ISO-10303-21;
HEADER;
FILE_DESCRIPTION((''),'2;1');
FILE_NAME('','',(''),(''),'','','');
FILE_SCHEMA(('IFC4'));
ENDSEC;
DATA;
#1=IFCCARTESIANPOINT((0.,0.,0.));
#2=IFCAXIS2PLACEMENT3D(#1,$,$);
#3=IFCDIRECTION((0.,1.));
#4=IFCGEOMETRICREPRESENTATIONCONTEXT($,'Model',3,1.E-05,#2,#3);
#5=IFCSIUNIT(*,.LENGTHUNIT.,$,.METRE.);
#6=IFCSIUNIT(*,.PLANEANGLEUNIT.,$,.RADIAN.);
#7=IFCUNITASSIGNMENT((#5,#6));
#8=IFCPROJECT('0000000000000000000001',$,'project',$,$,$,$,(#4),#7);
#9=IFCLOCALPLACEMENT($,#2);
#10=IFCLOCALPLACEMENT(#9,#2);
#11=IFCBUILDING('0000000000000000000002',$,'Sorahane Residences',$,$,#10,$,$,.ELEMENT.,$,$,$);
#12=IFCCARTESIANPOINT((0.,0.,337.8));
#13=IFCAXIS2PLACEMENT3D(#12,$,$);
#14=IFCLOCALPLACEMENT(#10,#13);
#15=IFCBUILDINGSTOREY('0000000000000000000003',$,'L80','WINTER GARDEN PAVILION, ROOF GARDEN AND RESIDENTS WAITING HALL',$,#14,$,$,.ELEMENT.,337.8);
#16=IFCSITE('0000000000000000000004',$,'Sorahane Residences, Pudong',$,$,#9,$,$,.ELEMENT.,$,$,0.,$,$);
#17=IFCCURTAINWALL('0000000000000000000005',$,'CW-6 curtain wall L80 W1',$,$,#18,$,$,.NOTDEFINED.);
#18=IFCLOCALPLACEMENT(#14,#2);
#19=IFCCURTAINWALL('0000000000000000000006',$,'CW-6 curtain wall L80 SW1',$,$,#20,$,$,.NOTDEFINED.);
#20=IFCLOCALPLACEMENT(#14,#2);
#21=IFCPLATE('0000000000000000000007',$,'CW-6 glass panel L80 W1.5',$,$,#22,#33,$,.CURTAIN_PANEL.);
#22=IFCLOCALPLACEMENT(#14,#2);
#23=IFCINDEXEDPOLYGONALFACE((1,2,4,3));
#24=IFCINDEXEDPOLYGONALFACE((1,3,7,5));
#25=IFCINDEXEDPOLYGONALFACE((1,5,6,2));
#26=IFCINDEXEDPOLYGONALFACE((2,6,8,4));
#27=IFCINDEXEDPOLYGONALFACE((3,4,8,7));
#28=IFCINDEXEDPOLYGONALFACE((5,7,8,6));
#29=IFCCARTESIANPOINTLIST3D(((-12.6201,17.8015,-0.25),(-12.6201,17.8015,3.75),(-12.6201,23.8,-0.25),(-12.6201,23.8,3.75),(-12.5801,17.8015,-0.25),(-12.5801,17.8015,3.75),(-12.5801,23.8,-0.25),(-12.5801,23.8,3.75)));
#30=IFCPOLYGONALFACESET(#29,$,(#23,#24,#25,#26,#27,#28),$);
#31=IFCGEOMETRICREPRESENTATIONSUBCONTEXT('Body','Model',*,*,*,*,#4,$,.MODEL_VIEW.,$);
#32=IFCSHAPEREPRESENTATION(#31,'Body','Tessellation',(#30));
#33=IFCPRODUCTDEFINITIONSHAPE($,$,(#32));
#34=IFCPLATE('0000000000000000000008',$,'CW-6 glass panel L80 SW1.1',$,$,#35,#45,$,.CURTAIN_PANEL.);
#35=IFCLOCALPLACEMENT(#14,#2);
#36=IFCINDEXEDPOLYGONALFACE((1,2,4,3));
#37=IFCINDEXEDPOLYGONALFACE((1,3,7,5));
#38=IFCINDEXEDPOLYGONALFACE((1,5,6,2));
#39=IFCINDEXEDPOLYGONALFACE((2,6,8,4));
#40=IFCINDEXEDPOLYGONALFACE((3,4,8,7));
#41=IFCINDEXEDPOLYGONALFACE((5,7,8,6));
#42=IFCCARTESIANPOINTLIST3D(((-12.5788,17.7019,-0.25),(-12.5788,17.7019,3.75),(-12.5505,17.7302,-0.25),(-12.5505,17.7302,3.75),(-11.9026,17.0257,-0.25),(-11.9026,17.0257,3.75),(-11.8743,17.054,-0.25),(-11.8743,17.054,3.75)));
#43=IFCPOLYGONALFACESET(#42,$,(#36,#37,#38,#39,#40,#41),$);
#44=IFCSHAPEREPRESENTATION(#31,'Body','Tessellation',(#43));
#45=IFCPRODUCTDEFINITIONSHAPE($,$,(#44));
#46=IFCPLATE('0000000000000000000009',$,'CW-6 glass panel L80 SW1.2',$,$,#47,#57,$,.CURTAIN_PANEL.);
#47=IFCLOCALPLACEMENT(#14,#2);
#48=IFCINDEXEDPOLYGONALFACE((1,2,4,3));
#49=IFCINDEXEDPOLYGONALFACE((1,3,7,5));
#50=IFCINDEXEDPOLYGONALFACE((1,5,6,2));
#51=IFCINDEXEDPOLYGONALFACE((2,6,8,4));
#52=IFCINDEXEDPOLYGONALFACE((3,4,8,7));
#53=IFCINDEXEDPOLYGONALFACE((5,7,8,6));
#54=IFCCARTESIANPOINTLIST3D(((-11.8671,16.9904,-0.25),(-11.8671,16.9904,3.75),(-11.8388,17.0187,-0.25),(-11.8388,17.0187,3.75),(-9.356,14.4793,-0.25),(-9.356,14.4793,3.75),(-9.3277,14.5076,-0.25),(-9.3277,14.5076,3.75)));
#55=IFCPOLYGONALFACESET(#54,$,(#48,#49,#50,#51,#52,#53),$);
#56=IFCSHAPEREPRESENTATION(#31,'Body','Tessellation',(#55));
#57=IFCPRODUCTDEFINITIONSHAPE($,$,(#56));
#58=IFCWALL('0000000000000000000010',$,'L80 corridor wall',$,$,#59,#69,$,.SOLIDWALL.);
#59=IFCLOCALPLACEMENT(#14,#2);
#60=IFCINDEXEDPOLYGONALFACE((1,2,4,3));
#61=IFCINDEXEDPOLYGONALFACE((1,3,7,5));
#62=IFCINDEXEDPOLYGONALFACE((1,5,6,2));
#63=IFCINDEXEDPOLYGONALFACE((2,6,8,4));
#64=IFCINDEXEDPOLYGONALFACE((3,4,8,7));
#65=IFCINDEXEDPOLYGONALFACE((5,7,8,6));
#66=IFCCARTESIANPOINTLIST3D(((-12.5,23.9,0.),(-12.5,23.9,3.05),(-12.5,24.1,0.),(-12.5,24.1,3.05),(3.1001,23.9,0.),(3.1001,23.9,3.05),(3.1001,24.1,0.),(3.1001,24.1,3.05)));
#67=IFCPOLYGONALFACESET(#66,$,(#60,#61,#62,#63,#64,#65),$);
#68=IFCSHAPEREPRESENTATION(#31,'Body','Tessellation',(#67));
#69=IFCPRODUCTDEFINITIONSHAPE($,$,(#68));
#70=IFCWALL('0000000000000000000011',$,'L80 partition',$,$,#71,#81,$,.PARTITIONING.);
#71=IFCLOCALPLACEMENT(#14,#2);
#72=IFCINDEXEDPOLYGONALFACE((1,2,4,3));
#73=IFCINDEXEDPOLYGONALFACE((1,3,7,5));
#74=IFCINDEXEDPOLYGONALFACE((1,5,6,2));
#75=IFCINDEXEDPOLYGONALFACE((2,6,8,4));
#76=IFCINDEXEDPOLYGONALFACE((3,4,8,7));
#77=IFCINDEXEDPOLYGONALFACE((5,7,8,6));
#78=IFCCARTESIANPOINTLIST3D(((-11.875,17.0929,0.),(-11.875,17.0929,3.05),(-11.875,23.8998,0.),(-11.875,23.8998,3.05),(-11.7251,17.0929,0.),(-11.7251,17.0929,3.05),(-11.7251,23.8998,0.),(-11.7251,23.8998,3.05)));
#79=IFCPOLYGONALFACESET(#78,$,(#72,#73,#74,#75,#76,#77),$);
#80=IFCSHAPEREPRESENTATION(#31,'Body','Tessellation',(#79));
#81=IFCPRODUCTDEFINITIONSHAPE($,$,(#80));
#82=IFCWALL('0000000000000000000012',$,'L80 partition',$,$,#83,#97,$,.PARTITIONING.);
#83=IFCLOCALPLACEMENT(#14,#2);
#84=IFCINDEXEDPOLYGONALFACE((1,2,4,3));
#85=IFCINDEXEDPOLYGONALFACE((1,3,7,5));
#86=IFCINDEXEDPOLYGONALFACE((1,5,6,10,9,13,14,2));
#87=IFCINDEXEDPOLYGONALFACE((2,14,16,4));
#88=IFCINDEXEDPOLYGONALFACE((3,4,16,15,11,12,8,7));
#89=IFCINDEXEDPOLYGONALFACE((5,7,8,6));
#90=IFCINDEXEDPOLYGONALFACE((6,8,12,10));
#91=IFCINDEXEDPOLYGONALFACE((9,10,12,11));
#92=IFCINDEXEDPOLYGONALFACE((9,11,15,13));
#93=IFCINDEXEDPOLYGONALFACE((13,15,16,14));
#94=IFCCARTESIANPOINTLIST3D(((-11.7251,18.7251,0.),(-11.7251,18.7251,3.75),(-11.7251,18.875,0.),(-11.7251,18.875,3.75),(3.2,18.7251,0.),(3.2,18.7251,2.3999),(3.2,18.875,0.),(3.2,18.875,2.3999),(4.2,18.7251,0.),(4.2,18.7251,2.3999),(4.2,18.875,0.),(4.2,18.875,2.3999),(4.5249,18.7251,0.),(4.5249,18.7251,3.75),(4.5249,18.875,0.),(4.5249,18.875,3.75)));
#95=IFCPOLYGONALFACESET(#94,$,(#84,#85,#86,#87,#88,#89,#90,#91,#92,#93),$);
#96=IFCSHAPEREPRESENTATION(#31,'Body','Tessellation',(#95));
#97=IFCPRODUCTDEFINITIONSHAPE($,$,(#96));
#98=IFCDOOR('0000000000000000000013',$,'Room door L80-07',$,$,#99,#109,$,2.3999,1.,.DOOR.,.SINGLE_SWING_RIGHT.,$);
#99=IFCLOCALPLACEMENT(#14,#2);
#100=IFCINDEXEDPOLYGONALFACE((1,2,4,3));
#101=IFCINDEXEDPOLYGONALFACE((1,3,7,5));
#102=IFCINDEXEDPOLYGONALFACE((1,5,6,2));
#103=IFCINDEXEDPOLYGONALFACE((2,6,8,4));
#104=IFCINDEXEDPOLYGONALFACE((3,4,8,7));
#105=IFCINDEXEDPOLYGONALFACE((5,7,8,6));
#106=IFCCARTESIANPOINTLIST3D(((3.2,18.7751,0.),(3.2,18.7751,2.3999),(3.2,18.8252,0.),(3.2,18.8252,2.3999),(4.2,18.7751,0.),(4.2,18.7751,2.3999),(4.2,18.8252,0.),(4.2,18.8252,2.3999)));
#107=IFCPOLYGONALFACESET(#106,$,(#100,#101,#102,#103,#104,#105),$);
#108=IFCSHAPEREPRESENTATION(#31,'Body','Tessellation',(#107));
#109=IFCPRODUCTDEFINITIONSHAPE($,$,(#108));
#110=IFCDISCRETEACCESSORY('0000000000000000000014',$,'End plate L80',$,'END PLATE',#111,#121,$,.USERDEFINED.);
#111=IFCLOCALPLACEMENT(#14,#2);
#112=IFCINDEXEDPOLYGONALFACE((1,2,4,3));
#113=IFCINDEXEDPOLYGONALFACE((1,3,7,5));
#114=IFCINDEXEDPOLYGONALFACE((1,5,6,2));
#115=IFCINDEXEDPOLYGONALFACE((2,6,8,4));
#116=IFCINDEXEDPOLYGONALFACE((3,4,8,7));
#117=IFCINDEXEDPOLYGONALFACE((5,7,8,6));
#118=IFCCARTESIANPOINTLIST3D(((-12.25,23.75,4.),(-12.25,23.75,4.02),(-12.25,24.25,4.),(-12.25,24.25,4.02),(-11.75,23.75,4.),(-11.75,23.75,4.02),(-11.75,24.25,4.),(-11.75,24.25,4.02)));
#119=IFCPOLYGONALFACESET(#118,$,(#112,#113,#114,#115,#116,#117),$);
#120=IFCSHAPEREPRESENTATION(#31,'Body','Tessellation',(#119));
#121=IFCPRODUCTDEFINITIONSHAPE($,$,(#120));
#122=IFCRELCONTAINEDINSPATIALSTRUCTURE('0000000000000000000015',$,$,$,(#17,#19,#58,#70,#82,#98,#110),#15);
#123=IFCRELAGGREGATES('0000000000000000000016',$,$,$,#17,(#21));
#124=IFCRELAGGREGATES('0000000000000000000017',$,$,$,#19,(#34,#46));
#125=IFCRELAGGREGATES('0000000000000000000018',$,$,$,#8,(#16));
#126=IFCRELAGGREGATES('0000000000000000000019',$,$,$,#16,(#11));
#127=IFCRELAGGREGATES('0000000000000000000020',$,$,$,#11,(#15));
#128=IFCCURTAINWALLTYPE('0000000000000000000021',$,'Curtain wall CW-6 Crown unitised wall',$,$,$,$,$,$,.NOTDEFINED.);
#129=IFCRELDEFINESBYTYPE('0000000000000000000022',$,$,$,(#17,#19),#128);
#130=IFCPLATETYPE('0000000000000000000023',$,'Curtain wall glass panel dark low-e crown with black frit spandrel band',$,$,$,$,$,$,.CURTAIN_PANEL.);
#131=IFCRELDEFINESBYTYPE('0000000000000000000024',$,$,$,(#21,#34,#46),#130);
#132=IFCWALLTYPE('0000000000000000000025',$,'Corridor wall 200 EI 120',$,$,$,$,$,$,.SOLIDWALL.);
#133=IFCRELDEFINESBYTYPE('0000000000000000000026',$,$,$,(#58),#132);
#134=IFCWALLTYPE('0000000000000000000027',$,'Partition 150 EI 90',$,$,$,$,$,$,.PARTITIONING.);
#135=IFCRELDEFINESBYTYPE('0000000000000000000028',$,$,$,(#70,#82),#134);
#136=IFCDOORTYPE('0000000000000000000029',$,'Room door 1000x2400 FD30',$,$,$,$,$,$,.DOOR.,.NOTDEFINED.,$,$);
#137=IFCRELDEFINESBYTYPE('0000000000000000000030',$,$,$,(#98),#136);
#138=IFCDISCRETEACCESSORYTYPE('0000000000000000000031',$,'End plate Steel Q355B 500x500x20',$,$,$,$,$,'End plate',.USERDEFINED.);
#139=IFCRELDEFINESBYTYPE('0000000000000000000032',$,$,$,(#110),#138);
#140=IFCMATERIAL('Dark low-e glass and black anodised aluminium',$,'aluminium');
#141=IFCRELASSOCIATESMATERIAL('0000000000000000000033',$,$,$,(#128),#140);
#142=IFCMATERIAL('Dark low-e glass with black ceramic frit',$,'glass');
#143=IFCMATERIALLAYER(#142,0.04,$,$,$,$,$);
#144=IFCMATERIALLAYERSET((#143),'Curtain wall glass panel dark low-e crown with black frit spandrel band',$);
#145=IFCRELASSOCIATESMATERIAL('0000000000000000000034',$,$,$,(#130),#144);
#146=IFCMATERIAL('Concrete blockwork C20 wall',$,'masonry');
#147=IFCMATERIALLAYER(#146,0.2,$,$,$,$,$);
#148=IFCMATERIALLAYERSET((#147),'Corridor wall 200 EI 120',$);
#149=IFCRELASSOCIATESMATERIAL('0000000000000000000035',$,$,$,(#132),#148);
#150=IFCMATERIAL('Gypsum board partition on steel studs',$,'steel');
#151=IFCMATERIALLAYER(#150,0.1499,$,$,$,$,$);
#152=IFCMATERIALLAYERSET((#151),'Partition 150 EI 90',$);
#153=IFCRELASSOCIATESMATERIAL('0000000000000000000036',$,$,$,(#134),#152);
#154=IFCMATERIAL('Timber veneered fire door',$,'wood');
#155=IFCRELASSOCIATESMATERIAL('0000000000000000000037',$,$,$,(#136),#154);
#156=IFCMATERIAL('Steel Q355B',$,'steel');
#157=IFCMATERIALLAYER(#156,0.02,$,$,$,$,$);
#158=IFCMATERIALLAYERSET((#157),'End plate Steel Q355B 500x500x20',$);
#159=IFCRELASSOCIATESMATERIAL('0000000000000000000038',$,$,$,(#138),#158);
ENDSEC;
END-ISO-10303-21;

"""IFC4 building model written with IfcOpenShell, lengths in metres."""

from ifc_helpers import new_model, si_unit, direction, frame, frame_2d, origin, origin_2d, place, context, subcontext, project, spatial, rectangle, extrude, material, layer, layer_set, type_object, element, fill, aggregate, save


model = new_model("IFC4")

# Units and contexts
model_context = context("Model", 3, precision=1e-05, world=origin(), true_north=direction((0.0, 1.0)))
body_context = subcontext(model_context, "Body", "Model", "MODEL_VIEW")
ifc_project = project(units=[si_unit("LENGTHUNIT", "METRE"), si_unit("PLANEANGLEUNIT", "RADIAN")], contexts=[model_context])

# Site, building, storey
site_placement = place(None, origin())
site = spatial("IfcSite", under=ifc_project, at=site_placement, Name="Sorahane Residences, Pudong", CompositionType="ELEMENT", RefElevation=0.0)
building_placement = place(site_placement, origin())
building = spatial("IfcBuilding", under=site, at=building_placement, Name="Sorahane Residences", CompositionType="ELEMENT")
storey_placement = place(building_placement, frame((0.0, 0.0, 337.8)))
storey = spatial("IfcBuildingStorey", under=building, at=storey_placement, Name="L80", Description="WINTER GARDEN PAVILION, ROOF GARDEN AND RESIDENTS WAITING HALL", CompositionType="ELEMENT", Elevation=337.8)

# Curtain walls
ifc_material_1 = material(Name="Dark low-e glass and black anodised aluminium", Category="aluminium")
curtain_wall_type = type_object("IfcCurtainWallType", Name="Curtain wall CW-6 Crown unitised wall", PredefinedType="NOTDEFINED", material=ifc_material_1)
curtain_wall_1_placement = place(storey_placement, origin())
curtain_wall_1 = element("IfcCurtainWall", 1, at=curtain_wall_1_placement, inside=storey, type_object=curtain_wall_type, Name="CW-6 curtain wall L80 W1", PredefinedType="NOTDEFINED")
curtain_wall_2_placement = place(storey_placement, origin())
curtain_wall_2 = element("IfcCurtainWall", 2, at=curtain_wall_2_placement, inside=storey, type_object=curtain_wall_type, Name="CW-6 curtain wall L80 SW1", PredefinedType="NOTDEFINED")

# Plates
ifc_material_2 = material(Name="Dark low-e glass with black ceramic frit", Category="glass")
ifc_layer_1 = layer(ifc_material_2, 0.04)
ifc_layer_set_1 = layer_set([ifc_layer_1], Name="Curtain wall glass panel dark low-e crown with black frit spandrel band")
plate_type = type_object("IfcPlateType", Name="Curtain wall glass panel dark low-e crown with black frit spandrel band", PredefinedType="CURTAIN_PANEL", material=ifc_layer_set_1)
plate_1_placement = place(storey_placement, frame((-12.6001, 20.8008, -0.25), z_axis=(0.0, 0.0, 1.0), x_axis=(0.0, -1.0, 0.0)))
plate_1 = element("IfcPlate", 3, at=plate_1_placement, type_object=plate_type, Name="CW-6 glass panel L80 W1.5", PredefinedType="CURTAIN_PANEL", context=body_context, shape_type="SweptSolid", body=[
    extrude(rectangle(XDim=5.9985, YDim=0.04, at=origin_2d()), origin(), (0.0, 0.0, 1.0), 4.0),
])
aggregate(curtain_wall_1, [plate_1])
plate_2_placement = place(storey_placement, frame((-12.2266, 17.3779, -0.25), z_axis=(0.0, 0.0, 1.0), x_axis=(0.707107, -0.707107, 0.0)))
plate_2 = element("IfcPlate", 4, at=plate_2_placement, type_object=plate_type, Name="CW-6 glass panel L80 SW1.1", PredefinedType="CURTAIN_PANEL", context=body_context, shape_type="SweptSolid", body=[
    extrude(rectangle(XDim=0.9563, YDim=0.04, at=origin_2d()), origin(), (0.0, 0.0, 1.0), 4.0),
])
plate_3_placement = place(storey_placement, frame((-10.5974, 15.749, -0.25), z_axis=(0.0, 0.0, 1.0), x_axis=(0.707107, -0.707107, 0.0)))
plate_3 = element("IfcPlate", 5, at=plate_3_placement, type_object=plate_type, Name="CW-6 glass panel L80 SW1.2", PredefinedType="CURTAIN_PANEL", context=body_context, shape_type="SweptSolid", body=[
    extrude(rectangle(XDim=3.5513, YDim=0.04, at=origin_2d()), origin(), (0.0, 0.0, 1.0), 4.0),
])
aggregate(curtain_wall_2, [plate_2, plate_3])

# Walls
ifc_material_3 = material(Name="Concrete blockwork C20 wall", Category="masonry")
ifc_layer_2 = layer(ifc_material_3, 0.2)
ifc_layer_set_2 = layer_set([ifc_layer_2], Name="Corridor wall 200 EI 120")
wall_type_1 = type_object("IfcWallType", Name="Corridor wall 200 EI 120", PredefinedType="SOLIDWALL", material=ifc_layer_set_2)
wall_1_placement = place(storey_placement, frame((-12.5, 24.0, 0.0), z_axis=(0.0, 0.0, 1.0), x_axis=(1.0, 0.0, 0.0)))
element("IfcWall", 6, at=wall_1_placement, inside=storey, type_object=wall_type_1, Name="L80 corridor wall", PredefinedType="SOLIDWALL", context=body_context, shape_type="SweptSolid", body=[
    extrude(rectangle(XDim=15.6001, YDim=0.2, at=frame_2d((7.8, 0.0))), origin(), (0.0, 0.0, 1.0), 3.05),
])
ifc_material_4 = material(Name="Gypsum board partition on steel studs", Category="steel")
ifc_layer_3 = layer(ifc_material_4, 0.1499)
ifc_layer_set_3 = layer_set([ifc_layer_3], Name="Partition 150 EI 90")
wall_type_2 = type_object("IfcWallType", Name="Partition 150 EI 90", PredefinedType="PARTITIONING", material=ifc_layer_set_3)
wall_2_placement = place(storey_placement, frame((-11.8, 17.093, 0.0), z_axis=(0.0, 0.0, 1.0), x_axis=(0.0, 1.0, 0.0)))
element("IfcWall", 7, at=wall_2_placement, inside=storey, type_object=wall_type_2, Name="L80 partition", PredefinedType="PARTITIONING", context=body_context, shape_type="SweptSolid", body=[
    extrude(rectangle(XDim=6.8069, YDim=0.1499, at=frame_2d((3.4033, 0.0))), origin(), (0.0, 0.0, 1.0), 3.05),
])

# Wall, opening, door
wall_3_placement = place(storey_placement, frame((-11.7251, 18.8, 0.0), z_axis=(0.0, 0.0, 1.0), x_axis=(1.0, 0.0, 0.0)))
wall_3 = element("IfcWall", 8, at=wall_3_placement, inside=storey, type_object=wall_type_2, Name="L80 partition", PredefinedType="PARTITIONING", context=body_context, shape_type="SweptSolid", body=[
    extrude(rectangle(XDim=16.25, YDim=0.1499, at=frame_2d((8.125, 0.0))), origin(), (0.0, 0.0, 1.0), 3.75),
])
opening_placement = place(wall_3_placement, frame((14.925, 0.0, 0.0)))
opening = element("IfcOpeningElement", 9, at=opening_placement, cuts=wall_3, PredefinedType="OPENING", context=body_context, shape_type="SweptSolid", body=[
    extrude(rectangle(XDim=1.0, YDim=2.3999, at=frame_2d((0.5, 1.2))), frame((0.0, 0.085, 0.0), z_axis=(0.0, -1.0, 0.0), x_axis=(1.0, 0.0, 0.0)), (0.0, 0.0, 1.0), 0.1699),
])
ifc_material_5 = material(Name="Timber veneered fire door", Category="wood")
door_type = type_object("IfcDoorType", Name="Room door 1000x2400 FD30", OperationType="NOTDEFINED", PredefinedType="DOOR", material=ifc_material_5)
door_placement = place(opening_placement, frame((1.0, 0.0, 0.0), z_axis=(0.0, 0.0, 1.0), x_axis=(-1.0, 0.0, 0.0)))
door = element("IfcDoor", 10, at=door_placement, inside=storey, type_object=door_type, Name="Room door L80-07", OperationType="SINGLE_SWING_RIGHT", OverallHeight=2.3999, OverallWidth=1.0, PredefinedType="DOOR", context=body_context, shape_type="SweptSolid", body=[
    extrude(rectangle(XDim=1.0, YDim=2.3999, at=frame_2d((0.5, 1.2))), frame((0.0, 0.0249, 0.0), z_axis=(0.0, -1.0, 0.0), x_axis=(1.0, 0.0, 0.0)), (0.0, 0.0, 1.0), 0.05),
])
fill(opening, door)

# Discrete accessory
ifc_material_6 = material(Name="Steel Q355B", Category="steel")
ifc_layer_4 = layer(ifc_material_6, 0.02)
ifc_layer_set_4 = layer_set([ifc_layer_4], Name="End plate Steel Q355B 500x500x20")
discrete_accessory_type = type_object("IfcDiscreteAccessoryType", Name="End plate Steel Q355B 500x500x20", ElementType="End plate", PredefinedType="USERDEFINED", material=ifc_layer_set_4)
discrete_accessory_placement = place(storey_placement, frame((-12.0, 24.0, 4.0), z_axis=(0.0, 0.0, 1.0), x_axis=(1.0, 0.0, 0.0)))
element("IfcDiscreteAccessory", 11, at=discrete_accessory_placement, inside=storey, type_object=discrete_accessory_type, Name="End plate L80", ObjectType="END PLATE", PredefinedType="USERDEFINED", context=body_context, shape_type="SweptSolid", body=[
    extrude(rectangle(XDim=0.5, YDim=0.5, at=origin_2d()), origin(), (0.0, 0.0, 1.0), 0.02),
])

save(model, "model.ifc")
